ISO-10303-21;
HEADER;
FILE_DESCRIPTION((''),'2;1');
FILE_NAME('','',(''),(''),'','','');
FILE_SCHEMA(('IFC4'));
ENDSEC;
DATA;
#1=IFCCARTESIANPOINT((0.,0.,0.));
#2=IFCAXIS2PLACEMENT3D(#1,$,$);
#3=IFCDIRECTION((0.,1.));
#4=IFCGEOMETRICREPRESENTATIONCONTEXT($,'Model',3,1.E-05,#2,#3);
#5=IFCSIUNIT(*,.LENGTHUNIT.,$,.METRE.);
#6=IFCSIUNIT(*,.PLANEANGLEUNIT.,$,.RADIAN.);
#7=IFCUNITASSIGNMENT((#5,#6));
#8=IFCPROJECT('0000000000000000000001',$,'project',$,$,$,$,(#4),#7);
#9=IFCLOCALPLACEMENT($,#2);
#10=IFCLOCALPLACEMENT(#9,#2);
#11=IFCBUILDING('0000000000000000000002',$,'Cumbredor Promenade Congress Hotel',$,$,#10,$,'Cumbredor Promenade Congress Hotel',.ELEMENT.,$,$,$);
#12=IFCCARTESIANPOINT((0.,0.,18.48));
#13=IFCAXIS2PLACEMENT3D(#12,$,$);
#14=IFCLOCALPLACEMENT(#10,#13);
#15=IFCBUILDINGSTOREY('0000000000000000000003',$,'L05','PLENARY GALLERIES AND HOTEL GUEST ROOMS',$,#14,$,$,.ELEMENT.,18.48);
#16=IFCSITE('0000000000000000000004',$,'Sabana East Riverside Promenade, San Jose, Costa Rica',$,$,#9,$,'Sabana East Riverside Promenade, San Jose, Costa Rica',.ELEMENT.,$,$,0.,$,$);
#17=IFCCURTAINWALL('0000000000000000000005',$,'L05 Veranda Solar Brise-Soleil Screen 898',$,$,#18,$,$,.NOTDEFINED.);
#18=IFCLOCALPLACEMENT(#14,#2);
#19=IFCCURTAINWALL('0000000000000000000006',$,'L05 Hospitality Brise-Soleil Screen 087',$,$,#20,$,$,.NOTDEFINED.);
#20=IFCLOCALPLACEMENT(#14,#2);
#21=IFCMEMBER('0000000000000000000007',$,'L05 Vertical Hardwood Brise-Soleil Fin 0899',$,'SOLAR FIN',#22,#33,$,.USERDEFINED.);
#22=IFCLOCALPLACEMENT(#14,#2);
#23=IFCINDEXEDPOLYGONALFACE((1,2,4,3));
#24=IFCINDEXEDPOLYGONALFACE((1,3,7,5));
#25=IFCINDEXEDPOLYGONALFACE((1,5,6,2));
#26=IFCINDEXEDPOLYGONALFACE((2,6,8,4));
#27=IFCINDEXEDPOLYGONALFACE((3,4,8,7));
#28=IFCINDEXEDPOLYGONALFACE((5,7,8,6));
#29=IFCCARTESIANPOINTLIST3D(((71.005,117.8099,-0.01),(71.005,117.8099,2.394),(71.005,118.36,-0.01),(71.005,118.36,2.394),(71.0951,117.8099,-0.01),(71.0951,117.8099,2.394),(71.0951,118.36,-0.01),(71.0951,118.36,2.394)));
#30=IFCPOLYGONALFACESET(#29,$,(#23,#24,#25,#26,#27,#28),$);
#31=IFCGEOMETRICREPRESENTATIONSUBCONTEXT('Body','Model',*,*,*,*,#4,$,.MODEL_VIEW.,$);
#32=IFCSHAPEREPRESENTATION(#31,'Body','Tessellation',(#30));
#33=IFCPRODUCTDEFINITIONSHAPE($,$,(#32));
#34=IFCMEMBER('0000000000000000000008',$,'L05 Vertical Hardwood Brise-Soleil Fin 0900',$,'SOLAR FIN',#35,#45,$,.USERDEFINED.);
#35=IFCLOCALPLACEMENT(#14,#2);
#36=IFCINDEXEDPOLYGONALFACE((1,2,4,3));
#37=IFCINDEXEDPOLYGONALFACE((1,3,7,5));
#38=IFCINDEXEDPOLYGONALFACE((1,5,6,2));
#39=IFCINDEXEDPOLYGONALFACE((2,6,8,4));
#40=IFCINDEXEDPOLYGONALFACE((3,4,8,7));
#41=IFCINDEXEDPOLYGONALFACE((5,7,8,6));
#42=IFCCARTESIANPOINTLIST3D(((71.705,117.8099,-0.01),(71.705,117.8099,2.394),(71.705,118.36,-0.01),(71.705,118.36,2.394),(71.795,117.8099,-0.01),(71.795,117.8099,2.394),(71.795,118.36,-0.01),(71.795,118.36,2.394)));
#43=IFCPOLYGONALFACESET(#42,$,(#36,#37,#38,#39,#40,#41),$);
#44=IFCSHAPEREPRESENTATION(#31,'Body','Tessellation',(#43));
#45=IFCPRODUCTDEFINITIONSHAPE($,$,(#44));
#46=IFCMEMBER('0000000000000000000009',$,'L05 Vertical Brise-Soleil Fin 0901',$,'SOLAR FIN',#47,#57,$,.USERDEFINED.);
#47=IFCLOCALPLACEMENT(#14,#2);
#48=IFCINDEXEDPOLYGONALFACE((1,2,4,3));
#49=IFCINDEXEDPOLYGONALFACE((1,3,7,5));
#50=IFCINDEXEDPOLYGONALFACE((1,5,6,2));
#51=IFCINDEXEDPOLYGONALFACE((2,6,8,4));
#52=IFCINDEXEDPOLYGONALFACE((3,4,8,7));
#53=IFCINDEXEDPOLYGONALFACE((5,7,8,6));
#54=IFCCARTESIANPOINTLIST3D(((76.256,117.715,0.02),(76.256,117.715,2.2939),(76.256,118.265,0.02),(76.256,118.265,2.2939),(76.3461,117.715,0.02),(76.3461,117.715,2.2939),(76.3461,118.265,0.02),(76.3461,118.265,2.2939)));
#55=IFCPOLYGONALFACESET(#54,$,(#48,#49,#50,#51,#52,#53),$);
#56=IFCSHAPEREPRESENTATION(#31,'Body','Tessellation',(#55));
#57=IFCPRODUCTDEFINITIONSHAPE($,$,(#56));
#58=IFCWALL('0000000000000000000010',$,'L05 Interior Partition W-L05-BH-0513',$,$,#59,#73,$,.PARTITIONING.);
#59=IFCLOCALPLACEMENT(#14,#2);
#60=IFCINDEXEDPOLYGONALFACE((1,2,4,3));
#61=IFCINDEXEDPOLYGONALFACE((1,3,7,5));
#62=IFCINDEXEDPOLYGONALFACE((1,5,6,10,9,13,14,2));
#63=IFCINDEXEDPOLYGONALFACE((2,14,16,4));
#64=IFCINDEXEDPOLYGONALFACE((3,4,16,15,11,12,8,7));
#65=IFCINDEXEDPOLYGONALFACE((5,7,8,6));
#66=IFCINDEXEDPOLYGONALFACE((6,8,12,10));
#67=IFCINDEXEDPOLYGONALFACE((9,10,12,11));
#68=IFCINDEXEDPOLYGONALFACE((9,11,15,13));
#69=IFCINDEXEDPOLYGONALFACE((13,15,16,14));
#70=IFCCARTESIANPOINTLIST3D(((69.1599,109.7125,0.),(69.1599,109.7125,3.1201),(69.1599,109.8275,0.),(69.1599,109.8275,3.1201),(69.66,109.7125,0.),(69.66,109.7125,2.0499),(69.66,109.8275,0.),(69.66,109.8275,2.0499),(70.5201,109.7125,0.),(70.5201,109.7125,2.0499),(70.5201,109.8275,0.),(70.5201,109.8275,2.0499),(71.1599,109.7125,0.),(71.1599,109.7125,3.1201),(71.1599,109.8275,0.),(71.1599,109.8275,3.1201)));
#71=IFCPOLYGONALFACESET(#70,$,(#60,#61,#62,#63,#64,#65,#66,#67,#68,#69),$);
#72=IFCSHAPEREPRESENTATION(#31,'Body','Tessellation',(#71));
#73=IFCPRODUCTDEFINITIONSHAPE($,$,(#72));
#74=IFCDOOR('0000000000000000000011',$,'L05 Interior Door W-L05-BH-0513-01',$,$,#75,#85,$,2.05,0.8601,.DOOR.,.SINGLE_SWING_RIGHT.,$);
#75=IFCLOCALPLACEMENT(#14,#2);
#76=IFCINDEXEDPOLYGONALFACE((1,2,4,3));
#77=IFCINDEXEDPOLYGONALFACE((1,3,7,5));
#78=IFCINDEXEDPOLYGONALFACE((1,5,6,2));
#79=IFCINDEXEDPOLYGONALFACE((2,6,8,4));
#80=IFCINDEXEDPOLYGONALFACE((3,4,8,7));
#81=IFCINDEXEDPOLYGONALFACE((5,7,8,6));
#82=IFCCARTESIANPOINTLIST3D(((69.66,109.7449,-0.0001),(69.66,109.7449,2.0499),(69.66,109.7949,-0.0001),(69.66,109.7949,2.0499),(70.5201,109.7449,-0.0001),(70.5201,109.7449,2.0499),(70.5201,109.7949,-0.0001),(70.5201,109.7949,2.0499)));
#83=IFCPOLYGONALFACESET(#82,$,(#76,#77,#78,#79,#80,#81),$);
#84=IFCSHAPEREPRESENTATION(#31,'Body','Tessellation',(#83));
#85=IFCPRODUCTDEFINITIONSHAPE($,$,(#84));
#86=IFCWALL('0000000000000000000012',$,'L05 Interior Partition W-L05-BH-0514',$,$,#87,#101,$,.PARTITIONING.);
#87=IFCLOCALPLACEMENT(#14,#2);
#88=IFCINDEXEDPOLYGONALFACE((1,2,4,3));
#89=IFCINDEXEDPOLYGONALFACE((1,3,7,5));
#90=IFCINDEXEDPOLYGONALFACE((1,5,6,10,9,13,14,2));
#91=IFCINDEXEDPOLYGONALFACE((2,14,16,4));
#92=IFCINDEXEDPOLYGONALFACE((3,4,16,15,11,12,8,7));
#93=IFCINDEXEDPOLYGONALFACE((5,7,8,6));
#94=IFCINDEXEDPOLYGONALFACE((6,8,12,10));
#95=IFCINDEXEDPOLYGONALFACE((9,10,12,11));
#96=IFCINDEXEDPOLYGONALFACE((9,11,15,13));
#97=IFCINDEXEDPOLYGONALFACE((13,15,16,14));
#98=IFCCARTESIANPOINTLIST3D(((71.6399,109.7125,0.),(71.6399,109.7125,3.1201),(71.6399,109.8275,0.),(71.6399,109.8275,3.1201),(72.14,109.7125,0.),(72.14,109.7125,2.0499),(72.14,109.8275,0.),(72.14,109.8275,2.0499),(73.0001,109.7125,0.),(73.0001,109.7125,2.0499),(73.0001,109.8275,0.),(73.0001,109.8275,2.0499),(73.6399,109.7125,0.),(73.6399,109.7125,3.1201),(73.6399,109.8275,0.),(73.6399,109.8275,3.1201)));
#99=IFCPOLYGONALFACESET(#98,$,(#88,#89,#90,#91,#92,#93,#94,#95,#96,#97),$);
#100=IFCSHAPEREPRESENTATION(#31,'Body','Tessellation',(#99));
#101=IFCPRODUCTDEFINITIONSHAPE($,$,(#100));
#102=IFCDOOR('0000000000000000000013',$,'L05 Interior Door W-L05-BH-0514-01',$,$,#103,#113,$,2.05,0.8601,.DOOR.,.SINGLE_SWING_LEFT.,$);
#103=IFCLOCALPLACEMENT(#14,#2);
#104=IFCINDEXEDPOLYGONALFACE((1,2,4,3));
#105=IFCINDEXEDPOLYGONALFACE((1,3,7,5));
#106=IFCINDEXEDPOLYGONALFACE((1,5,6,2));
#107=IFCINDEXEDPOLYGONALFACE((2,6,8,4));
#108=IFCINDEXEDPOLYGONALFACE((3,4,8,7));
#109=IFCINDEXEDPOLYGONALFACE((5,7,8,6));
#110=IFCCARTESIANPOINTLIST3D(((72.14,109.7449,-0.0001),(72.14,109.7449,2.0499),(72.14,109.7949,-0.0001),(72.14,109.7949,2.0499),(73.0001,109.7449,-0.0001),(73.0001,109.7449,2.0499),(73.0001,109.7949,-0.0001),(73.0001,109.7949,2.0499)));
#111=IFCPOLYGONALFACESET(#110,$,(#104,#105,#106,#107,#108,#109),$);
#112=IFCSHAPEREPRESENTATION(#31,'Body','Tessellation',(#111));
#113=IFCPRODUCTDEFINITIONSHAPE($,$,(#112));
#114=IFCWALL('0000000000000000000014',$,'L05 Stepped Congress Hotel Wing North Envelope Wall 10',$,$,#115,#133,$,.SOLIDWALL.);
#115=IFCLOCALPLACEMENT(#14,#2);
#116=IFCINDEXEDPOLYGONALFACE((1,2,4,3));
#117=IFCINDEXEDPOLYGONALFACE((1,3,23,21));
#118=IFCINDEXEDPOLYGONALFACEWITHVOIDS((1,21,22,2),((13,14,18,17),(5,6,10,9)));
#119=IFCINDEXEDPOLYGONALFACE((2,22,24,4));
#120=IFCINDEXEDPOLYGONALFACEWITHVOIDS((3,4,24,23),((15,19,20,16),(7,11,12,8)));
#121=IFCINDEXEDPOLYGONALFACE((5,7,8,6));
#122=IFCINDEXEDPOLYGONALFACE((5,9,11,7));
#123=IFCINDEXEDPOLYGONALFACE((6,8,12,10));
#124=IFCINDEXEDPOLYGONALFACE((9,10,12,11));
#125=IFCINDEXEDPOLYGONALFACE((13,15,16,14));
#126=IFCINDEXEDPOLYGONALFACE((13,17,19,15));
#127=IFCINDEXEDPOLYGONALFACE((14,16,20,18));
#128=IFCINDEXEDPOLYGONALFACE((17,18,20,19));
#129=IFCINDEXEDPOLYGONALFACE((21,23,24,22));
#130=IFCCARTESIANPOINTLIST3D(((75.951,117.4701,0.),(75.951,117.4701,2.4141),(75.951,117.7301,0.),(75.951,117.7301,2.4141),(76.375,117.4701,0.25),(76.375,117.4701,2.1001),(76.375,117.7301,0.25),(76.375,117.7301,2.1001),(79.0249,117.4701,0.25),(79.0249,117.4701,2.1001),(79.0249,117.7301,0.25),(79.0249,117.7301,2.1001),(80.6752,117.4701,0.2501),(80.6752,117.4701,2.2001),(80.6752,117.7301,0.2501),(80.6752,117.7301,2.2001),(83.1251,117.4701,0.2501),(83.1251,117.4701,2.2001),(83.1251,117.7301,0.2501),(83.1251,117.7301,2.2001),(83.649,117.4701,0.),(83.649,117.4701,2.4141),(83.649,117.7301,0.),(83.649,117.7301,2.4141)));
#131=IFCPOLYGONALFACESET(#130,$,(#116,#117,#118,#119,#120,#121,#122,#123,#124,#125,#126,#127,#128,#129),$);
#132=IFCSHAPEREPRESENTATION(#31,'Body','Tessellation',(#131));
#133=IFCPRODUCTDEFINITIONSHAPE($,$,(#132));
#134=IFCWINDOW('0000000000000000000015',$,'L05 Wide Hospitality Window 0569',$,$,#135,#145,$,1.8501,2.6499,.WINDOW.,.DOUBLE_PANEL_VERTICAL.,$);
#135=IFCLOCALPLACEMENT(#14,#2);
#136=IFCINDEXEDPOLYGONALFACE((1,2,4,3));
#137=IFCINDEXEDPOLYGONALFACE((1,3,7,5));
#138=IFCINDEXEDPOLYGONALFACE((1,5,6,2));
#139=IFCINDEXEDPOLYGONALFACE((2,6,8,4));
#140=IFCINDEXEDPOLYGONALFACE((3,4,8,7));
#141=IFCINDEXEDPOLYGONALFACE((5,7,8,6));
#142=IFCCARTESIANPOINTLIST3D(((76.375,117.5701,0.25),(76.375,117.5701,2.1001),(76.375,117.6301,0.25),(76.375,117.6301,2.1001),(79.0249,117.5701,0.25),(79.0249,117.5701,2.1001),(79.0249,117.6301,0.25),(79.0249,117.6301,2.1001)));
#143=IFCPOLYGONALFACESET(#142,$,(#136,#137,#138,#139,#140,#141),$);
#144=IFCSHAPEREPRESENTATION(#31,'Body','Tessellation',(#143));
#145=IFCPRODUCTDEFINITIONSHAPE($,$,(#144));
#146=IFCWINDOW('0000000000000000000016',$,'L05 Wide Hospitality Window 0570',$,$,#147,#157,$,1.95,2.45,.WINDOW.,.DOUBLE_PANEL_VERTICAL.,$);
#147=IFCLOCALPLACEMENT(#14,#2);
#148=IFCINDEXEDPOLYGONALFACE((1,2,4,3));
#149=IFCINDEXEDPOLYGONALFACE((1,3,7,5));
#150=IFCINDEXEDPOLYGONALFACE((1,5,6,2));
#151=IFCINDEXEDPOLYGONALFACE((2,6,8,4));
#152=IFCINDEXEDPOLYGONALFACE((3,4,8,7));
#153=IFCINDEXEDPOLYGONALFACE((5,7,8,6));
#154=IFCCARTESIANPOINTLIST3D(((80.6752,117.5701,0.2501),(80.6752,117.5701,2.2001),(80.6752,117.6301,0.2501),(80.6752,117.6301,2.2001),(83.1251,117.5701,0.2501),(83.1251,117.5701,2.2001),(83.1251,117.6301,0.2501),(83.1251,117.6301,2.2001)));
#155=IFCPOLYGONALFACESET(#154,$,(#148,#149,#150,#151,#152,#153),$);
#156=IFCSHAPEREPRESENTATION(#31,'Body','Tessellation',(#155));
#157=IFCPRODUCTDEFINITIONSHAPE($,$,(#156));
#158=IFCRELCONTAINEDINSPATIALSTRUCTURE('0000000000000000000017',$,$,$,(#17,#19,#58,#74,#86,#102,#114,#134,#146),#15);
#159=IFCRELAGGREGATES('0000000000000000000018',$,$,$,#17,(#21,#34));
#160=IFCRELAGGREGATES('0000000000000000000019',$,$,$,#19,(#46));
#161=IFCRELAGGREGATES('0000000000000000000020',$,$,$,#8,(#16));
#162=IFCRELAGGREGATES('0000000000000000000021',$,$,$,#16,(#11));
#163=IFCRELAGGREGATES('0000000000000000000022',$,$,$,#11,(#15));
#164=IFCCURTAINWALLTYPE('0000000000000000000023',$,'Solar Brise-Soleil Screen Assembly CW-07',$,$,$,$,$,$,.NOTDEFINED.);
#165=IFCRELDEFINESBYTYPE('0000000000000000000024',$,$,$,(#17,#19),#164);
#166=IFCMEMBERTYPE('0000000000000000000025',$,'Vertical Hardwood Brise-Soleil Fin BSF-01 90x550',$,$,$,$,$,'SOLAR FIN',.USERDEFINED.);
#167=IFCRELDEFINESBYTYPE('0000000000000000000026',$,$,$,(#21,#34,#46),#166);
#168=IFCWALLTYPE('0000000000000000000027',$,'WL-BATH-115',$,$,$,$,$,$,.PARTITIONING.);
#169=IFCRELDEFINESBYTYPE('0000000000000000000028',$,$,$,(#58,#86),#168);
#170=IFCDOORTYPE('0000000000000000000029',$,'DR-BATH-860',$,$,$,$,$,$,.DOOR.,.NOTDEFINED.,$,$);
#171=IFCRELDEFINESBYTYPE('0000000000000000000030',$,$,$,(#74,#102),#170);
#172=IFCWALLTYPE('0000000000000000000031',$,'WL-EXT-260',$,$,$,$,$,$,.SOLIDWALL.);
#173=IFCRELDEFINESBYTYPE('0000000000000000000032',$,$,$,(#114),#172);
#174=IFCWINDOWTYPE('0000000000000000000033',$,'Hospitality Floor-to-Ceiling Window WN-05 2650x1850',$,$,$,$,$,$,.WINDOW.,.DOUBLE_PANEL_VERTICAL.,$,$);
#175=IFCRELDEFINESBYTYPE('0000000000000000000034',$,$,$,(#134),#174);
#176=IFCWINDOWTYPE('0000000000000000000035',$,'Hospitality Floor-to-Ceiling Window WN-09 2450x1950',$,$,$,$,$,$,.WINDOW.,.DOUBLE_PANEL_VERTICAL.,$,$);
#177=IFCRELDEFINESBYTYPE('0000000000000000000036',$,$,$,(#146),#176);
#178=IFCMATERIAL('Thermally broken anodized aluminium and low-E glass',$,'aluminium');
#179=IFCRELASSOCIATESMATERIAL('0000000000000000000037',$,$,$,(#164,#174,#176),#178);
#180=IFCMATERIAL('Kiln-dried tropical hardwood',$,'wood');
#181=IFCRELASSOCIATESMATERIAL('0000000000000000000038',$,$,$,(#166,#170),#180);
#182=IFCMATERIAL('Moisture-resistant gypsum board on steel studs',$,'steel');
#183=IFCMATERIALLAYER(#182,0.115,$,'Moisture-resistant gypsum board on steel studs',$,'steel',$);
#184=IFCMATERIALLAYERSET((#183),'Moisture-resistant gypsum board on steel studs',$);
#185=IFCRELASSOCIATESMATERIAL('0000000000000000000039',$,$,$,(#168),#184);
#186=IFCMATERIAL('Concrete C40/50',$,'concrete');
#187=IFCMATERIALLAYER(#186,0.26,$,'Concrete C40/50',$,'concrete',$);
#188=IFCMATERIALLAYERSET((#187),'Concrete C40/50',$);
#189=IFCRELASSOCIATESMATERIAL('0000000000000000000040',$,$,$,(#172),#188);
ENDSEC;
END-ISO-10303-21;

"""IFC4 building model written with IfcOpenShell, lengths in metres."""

from ifc_helpers import new_model, si_unit, direction, frame, frame_2d, origin, origin_2d, place, context, subcontext, project, spatial, rectangle, extrude, material, layer, layer_set, material_profile, profile_set, type_object, element, fill, aggregate, save


model = new_model("IFC4")

# Units and contexts
model_context = context("Model", 3, precision=1e-05, world=origin(), true_north=direction((0.0, 1.0)))
body_context = subcontext(model_context, "Body", "Model", "MODEL_VIEW")
ifc_project = project(units=[si_unit("LENGTHUNIT", "METRE"), si_unit("PLANEANGLEUNIT", "RADIAN")], contexts=[model_context])

# Site, building, storey
site_placement = place(None, origin())
site = spatial("IfcSite", under=ifc_project, at=site_placement, Name="Sabana East Riverside Promenade, San Jose, Costa Rica", LongName="Sabana East Riverside Promenade, San Jose, Costa Rica", CompositionType="ELEMENT", RefElevation=0.0)
building_placement = place(site_placement, origin())
building = spatial("IfcBuilding", under=site, at=building_placement, Name="Cumbredor Promenade Congress Hotel", LongName="Cumbredor Promenade Congress Hotel", CompositionType="ELEMENT")
storey_placement = place(building_placement, frame((0.0, 0.0, 18.48)))
storey = spatial("IfcBuildingStorey", under=building, at=storey_placement, Name="L05", Description="PLENARY GALLERIES AND HOTEL GUEST ROOMS", CompositionType="ELEMENT", Elevation=18.48)

# Shared definitions
ifc_material_1 = material(Name="Concrete C40/50", Category="concrete")

# Curtain walls
ifc_material_2 = material(Name="Thermally broken anodized aluminium and low-E glass", Category="aluminium")
curtain_wall_type = type_object("IfcCurtainWallType", Name="Solar Brise-Soleil Screen Assembly CW-07", PredefinedType="NOTDEFINED", material=ifc_material_2)
curtain_wall_1_placement = place(storey_placement, origin())
curtain_wall_1 = element("IfcCurtainWall", 1, at=curtain_wall_1_placement, inside=storey, type_object=curtain_wall_type, Name="L05 Veranda Solar Brise-Soleil Screen 898", PredefinedType="NOTDEFINED")
curtain_wall_2_placement = place(storey_placement, origin())
curtain_wall_2 = element("IfcCurtainWall", 2, at=curtain_wall_2_placement, inside=storey, type_object=curtain_wall_type, Name="L05 Hospitality Brise-Soleil Screen 087", PredefinedType="NOTDEFINED")

# Members
ifc_material_3 = material(Name="Kiln-dried tropical hardwood", Category="wood")
ifc_material_profile_1 = material_profile(ifc_material_3, rectangle(XDim=0.0901, YDim=0.55, at=origin_2d()), Name="ARCH FIN 90x550")
ifc_profile_set_1 = profile_set([ifc_material_profile_1], Name="Kiln-dried tropical hardwood")
member_type_1 = type_object("IfcMemberType", Name="Vertical Hardwood Brise-Soleil Fin BSF-01 90x550", ElementType="SOLAR FIN", PredefinedType="USERDEFINED", material=ifc_profile_set_1)
member_1_placement = place(storey_placement, frame((71.05, 118.085, -0.01), z_axis=(0.0, 0.0, 1.0), x_axis=(1.0, 0.0, 0.0)))
member_1 = element("IfcMember", 3, at=member_1_placement, type_object=member_type_1, Name="L05 Vertical Hardwood Brise-Soleil Fin 0899", ObjectType="SOLAR FIN", PredefinedType="USERDEFINED", context=body_context, shape_type="SweptSolid", body=[
    extrude(rectangle(XDim=0.0901, YDim=0.55, at=origin_2d()), origin(), (0.0, 0.0, 1.0), 2.4041),
])
member_2_placement = place(storey_placement, frame((71.75, 118.085, -0.01), z_axis=(0.0, 0.0, 1.0), x_axis=(1.0, 0.0, 0.0)))
member_2 = element("IfcMember", 4, at=member_2_placement, type_object=member_type_1, Name="L05 Vertical Hardwood Brise-Soleil Fin 0900", ObjectType="SOLAR FIN", PredefinedType="USERDEFINED", context=body_context, shape_type="SweptSolid", body=[
    extrude(rectangle(XDim=0.0901, YDim=0.55, at=origin_2d()), origin(), (0.0, 0.0, 1.0), 2.4041),
])
aggregate(curtain_wall_1, [member_1, member_2])
member_3_placement = place(storey_placement, frame((76.301, 117.99, 0.02), z_axis=(0.0, 0.0, 1.0), x_axis=(1.0, 0.0, 0.0)))
member_3 = element("IfcMember", 5, at=member_3_placement, type_object=member_type_1, Name="L05 Vertical Brise-Soleil Fin 0901", ObjectType="SOLAR FIN", PredefinedType="USERDEFINED", context=body_context, shape_type="SweptSolid", body=[
    extrude(rectangle(XDim=0.0901, YDim=0.55, at=origin_2d()), origin(), (0.0, 0.0, 1.0), 2.2739),
])
aggregate(curtain_wall_2, [member_3])

# Walls, openings, doors
ifc_material_4 = material(Name="Moisture-resistant gypsum board on steel studs", Category="steel")
ifc_layer_1 = layer(ifc_material_4, 0.115, Name="Moisture-resistant gypsum board on steel studs", Category="steel")
ifc_layer_set_1 = layer_set([ifc_layer_1], Name="Moisture-resistant gypsum board on steel studs")
wall_type_1 = type_object("IfcWallType", Name="WL-BATH-115", PredefinedType="PARTITIONING", material=ifc_layer_set_1)
wall_1_placement = place(storey_placement, frame((69.1599, 109.77, 0.0), z_axis=(0.0, 0.0, 1.0), x_axis=(1.0, 0.0, 0.0)))
wall_1 = element("IfcWall", 6, at=wall_1_placement, inside=storey, type_object=wall_type_1, Name="L05 Interior Partition W-L05-BH-0513", PredefinedType="PARTITIONING", context=body_context, shape_type="SweptSolid", body=[
    extrude(rectangle(XDim=2.0, YDim=0.115, at=frame_2d((1.0, 0.0))), origin(), (0.0, 0.0, 1.0), 3.1201),
])
opening_1_placement = place(wall_1_placement, frame((0.5, 0.0, 0.0)))
opening_1 = element("IfcOpeningElement", 7, at=opening_1_placement, cuts=wall_1, PredefinedType="OPENING", context=body_context, shape_type="SweptSolid", body=[
    extrude(rectangle(XDim=0.8601, YDim=2.05, at=frame_2d((0.4302, 1.0249))), frame((0.0, 0.0674, 0.0), z_axis=(0.0, -1.0, 0.0), x_axis=(1.0, 0.0, 0.0)), (0.0, 0.0, 1.0), 0.135),
])
door_type_1 = type_object("IfcDoorType", Name="DR-BATH-860", OperationType="NOTDEFINED", PredefinedType="DOOR", material=ifc_material_3)
door_1_placement = place(opening_1_placement, origin())
door_1 = element("IfcDoor", 8, at=door_1_placement, inside=storey, type_object=door_type_1, Name="L05 Interior Door W-L05-BH-0513-01", OperationType="SINGLE_SWING_RIGHT", OverallHeight=2.05, OverallWidth=0.8601, PredefinedType="DOOR", context=body_context, shape_type="SweptSolid", body=[
    extrude(rectangle(XDim=0.8601, YDim=2.05, at=frame_2d((0.4302, 1.0249))), frame((0.0, 0.0249, 0.0), z_axis=(0.0, -1.0, 0.0), x_axis=(1.0, 0.0, 0.0)), (0.0, 0.0, 1.0), 0.05),
])
fill(opening_1, door_1)
wall_2_placement = place(storey_placement, frame((71.6399, 109.77, 0.0), z_axis=(0.0, 0.0, 1.0), x_axis=(1.0, 0.0, 0.0)))
wall_2 = element("IfcWall", 9, at=wall_2_placement, inside=storey, type_object=wall_type_1, Name="L05 Interior Partition W-L05-BH-0514", PredefinedType="PARTITIONING", context=body_context, shape_type="SweptSolid", body=[
    extrude(rectangle(XDim=2.0, YDim=0.115, at=frame_2d((1.0, 0.0))), origin(), (0.0, 0.0, 1.0), 3.1201),
])
opening_2_placement = place(wall_2_placement, frame((0.5, 0.0, 0.0)))
opening_2 = element("IfcOpeningElement", 10, at=opening_2_placement, cuts=wall_2, PredefinedType="OPENING", context=body_context, shape_type="SweptSolid", body=[
    extrude(rectangle(XDim=0.8601, YDim=2.05, at=frame_2d((0.4302, 1.0249))), frame((0.0, 0.0674, 0.0), z_axis=(0.0, -1.0, 0.0), x_axis=(1.0, 0.0, 0.0)), (0.0, 0.0, 1.0), 0.135),
])
door_2_placement = place(opening_2_placement, origin())
door_2 = element("IfcDoor", 11, at=door_2_placement, inside=storey, type_object=door_type_1, Name="L05 Interior Door W-L05-BH-0514-01", OperationType="SINGLE_SWING_LEFT", OverallHeight=2.05, OverallWidth=0.8601, PredefinedType="DOOR", context=body_context, shape_type="SweptSolid", body=[
    extrude(rectangle(XDim=0.8601, YDim=2.05, at=frame_2d((0.4302, 1.0249))), frame((0.0, 0.0249, 0.0), z_axis=(0.0, -1.0, 0.0), x_axis=(1.0, 0.0, 0.0)), (0.0, 0.0, 1.0), 0.05),
])
fill(opening_2, door_2)

# Wall, openings, windows
ifc_layer_2 = layer(ifc_material_1, 0.26, Name="Concrete C40/50", Category="concrete")
ifc_layer_set_2 = layer_set([ifc_layer_2], Name="Concrete C40/50")
wall_type_2 = type_object("IfcWallType", Name="WL-EXT-260", PredefinedType="SOLIDWALL", material=ifc_layer_set_2)
wall_3_placement = place(storey_placement, frame((75.9509, 117.6001, 0.0), z_axis=(0.0, 0.0, 1.0), x_axis=(1.0, 0.0, 0.0)))
wall_3 = element("IfcWall", 12, at=wall_3_placement, inside=storey, type_object=wall_type_2, Name="L05 Stepped Congress Hotel Wing North Envelope Wall 10", PredefinedType="SOLIDWALL", context=body_context, shape_type="SweptSolid", body=[
    extrude(rectangle(XDim=7.698, YDim=0.26, at=frame_2d((3.8491, 0.0))), origin(), (0.0, 0.0, 1.0), 2.4141),
])
opening_3_placement = place(wall_3_placement, frame((0.4241, 0.0, 0.25)))
opening_3 = element("IfcOpeningElement", 13, at=opening_3_placement, cuts=wall_3, PredefinedType="OPENING", context=body_context, shape_type="SweptSolid", body=[
    extrude(rectangle(XDim=2.6499, YDim=1.8501, at=frame_2d((1.325, 0.925))), frame((0.0, 0.1401, 0.0), z_axis=(0.0, -1.0, 0.0), x_axis=(1.0, 0.0, 0.0)), (0.0, 0.0, 1.0), 0.28),
])
opening_4_placement = place(wall_3_placement, frame((4.7241, 0.0, 0.25)))
opening_4 = element("IfcOpeningElement", 14, at=opening_4_placement, cuts=wall_3, PredefinedType="OPENING", context=body_context, shape_type="SweptSolid", body=[
    extrude(rectangle(XDim=2.45, YDim=1.95, at=frame_2d((1.2251, 0.9751))), frame((0.0, 0.1401, 0.0), z_axis=(0.0, -1.0, 0.0), x_axis=(1.0, 0.0, 0.0)), (0.0, 0.0, 1.0), 0.28),
])
window_type_1 = type_object("IfcWindowType", Name="Hospitality Floor-to-Ceiling Window WN-05 2650x1850", PartitioningType="DOUBLE_PANEL_VERTICAL", PredefinedType="WINDOW", material=ifc_material_2)
window_1_placement = place(opening_3_placement, origin())
window_1 = element("IfcWindow", 15, at=window_1_placement, inside=storey, type_object=window_type_1, Name="L05 Wide Hospitality Window 0569", OverallHeight=1.8501, OverallWidth=2.6499, PartitioningType="DOUBLE_PANEL_VERTICAL", PredefinedType="WINDOW", context=body_context, shape_type="SweptSolid", body=[
    extrude(rectangle(XDim=2.6499, YDim=1.8501, at=frame_2d((1.325, 0.925))), frame((0.0, 0.03, 0.0), z_axis=(0.0, -1.0, 0.0), x_axis=(1.0, 0.0, 0.0)), (0.0, 0.0, 1.0), 0.0601),
])
fill(opening_3, window_1)
window_type_2 = type_object("IfcWindowType", Name="Hospitality Floor-to-Ceiling Window WN-09 2450x1950", PartitioningType="DOUBLE_PANEL_VERTICAL", PredefinedType="WINDOW", material=ifc_material_2)
window_2_placement = place(opening_4_placement, origin())
window_2 = element("IfcWindow", 16, at=window_2_placement, inside=storey, type_object=window_type_2, Name="L05 Wide Hospitality Window 0570", OverallHeight=1.95, OverallWidth=2.45, PartitioningType="DOUBLE_PANEL_VERTICAL", PredefinedType="WINDOW", context=body_context, shape_type="SweptSolid", body=[
    extrude(rectangle(XDim=2.45, YDim=1.95, at=frame_2d((1.2251, 0.9751))), frame((0.0, 0.03, 0.0), z_axis=(0.0, -1.0, 0.0), x_axis=(1.0, 0.0, 0.0)), (0.0, 0.0, 1.0), 0.0601),
])
fill(opening_4, window_2)

save(model, "model.ifc")
